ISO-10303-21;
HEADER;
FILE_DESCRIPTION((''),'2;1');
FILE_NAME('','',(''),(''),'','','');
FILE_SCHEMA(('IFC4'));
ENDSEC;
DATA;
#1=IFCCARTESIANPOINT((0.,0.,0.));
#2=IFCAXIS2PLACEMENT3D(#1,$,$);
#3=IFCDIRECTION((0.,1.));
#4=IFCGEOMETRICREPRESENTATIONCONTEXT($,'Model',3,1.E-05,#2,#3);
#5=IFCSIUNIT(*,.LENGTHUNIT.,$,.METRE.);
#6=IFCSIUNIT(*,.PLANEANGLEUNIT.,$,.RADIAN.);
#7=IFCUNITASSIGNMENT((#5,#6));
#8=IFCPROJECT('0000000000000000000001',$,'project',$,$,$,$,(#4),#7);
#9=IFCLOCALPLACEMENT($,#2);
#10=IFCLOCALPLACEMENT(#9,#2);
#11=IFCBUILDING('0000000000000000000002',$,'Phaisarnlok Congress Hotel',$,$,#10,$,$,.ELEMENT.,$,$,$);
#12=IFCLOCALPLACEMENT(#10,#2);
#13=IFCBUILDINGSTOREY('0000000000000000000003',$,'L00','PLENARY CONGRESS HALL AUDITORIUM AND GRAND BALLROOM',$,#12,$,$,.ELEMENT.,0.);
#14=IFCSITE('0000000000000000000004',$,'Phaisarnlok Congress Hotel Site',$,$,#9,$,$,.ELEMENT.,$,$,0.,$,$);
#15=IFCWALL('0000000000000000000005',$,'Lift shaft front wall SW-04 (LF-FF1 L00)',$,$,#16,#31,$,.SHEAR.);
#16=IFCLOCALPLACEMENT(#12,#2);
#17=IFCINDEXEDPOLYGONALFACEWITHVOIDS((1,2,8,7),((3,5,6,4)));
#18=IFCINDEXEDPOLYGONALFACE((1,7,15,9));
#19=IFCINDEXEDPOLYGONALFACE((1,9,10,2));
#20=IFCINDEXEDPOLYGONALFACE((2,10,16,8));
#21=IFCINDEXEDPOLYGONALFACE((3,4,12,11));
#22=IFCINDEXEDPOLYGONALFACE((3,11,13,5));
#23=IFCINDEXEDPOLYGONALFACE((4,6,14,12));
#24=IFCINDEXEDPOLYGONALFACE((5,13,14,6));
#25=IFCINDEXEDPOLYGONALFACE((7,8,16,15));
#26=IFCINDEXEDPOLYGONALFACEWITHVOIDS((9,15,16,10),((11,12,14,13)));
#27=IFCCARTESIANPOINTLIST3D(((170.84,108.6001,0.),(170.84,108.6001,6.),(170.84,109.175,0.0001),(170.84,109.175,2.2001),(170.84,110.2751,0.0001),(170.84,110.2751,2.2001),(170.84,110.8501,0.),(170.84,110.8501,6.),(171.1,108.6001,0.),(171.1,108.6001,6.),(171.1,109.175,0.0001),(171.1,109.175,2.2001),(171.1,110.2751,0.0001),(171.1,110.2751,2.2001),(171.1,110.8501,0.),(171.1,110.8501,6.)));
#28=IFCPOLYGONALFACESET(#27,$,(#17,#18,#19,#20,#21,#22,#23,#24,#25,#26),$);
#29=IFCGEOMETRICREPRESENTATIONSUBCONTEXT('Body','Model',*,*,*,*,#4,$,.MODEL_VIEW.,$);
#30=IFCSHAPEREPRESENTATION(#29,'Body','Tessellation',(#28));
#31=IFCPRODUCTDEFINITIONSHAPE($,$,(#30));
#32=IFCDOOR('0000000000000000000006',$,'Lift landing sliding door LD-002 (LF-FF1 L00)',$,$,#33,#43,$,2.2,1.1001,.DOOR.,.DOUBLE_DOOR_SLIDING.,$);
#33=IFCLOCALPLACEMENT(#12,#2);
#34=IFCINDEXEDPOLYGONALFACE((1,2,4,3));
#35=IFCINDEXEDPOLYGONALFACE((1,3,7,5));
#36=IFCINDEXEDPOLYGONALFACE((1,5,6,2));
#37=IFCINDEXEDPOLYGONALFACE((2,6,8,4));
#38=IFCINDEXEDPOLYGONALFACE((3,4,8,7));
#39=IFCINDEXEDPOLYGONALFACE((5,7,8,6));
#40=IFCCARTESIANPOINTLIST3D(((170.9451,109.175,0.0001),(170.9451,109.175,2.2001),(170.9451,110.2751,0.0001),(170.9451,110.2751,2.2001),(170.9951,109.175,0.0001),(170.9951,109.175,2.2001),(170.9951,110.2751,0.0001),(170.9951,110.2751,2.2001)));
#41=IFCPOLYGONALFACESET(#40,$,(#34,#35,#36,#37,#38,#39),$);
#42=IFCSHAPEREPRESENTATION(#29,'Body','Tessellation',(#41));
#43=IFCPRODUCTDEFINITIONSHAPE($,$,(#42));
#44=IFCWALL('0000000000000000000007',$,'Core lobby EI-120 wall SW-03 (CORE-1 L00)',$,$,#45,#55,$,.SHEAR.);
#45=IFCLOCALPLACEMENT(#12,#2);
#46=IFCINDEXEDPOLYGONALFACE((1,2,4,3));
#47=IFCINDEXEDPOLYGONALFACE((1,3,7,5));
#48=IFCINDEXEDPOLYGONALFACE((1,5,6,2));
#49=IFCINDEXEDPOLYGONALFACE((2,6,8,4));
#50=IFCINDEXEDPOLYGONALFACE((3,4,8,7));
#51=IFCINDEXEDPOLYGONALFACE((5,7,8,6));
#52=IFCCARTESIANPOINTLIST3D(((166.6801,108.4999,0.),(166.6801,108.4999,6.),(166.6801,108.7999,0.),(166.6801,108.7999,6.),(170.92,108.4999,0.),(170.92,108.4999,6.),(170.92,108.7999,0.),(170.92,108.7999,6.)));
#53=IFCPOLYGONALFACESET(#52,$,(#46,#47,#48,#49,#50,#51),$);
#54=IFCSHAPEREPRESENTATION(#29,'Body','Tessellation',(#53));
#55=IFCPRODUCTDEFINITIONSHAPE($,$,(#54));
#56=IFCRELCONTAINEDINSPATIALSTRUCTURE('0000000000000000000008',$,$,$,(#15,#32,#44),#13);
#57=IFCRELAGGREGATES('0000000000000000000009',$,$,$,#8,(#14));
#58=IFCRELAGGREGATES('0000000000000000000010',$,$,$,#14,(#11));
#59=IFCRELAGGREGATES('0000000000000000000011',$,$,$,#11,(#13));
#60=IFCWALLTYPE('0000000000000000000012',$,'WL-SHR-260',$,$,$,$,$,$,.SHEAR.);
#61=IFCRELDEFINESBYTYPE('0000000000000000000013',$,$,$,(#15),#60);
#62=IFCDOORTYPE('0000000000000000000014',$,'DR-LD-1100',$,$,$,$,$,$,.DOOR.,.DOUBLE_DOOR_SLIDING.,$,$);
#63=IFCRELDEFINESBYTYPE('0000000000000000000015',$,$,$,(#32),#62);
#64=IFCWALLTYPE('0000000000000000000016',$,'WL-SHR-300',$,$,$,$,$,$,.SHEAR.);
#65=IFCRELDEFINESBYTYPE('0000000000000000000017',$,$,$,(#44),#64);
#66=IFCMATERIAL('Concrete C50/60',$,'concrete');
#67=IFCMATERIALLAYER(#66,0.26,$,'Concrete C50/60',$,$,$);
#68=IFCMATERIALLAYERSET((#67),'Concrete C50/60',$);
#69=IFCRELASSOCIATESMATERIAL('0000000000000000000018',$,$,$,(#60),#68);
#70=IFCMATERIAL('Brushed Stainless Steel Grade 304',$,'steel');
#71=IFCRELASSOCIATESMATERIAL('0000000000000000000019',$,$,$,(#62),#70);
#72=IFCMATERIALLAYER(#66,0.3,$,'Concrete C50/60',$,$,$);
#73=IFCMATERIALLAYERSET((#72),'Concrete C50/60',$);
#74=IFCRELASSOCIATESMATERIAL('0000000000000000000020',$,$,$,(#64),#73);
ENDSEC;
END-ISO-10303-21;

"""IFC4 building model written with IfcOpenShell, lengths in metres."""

from ifc_helpers import new_model, si_unit, direction, frame, frame_2d, origin, place, context, subcontext, project, spatial, rectangle, extrude, material, layer, layer_set, type_object, element, fill, save


model = new_model("IFC4")

# Units and contexts
model_context = context("Model", 3, precision=1e-05, world=origin(), true_north=direction((0.0, 1.0)))
body_context = subcontext(model_context, "Body", "Model", "MODEL_VIEW")
ifc_project = project(units=[si_unit("LENGTHUNIT", "METRE"), si_unit("PLANEANGLEUNIT", "RADIAN")], contexts=[model_context])

# Site, building, storey
site_placement = place(None, origin())
site = spatial("IfcSite", under=ifc_project, at=site_placement, Name="Phaisarnlok Congress Hotel Site", CompositionType="ELEMENT", RefElevation=0.0)
building_placement = place(site_placement, origin())
building = spatial("IfcBuilding", under=site, at=building_placement, Name="Phaisarnlok Congress Hotel", CompositionType="ELEMENT")
storey_placement = place(building_placement, origin())
storey = spatial("IfcBuildingStorey", under=building, at=storey_placement, Name="L00", Description="PLENARY CONGRESS HALL AUDITORIUM AND GRAND BALLROOM", CompositionType="ELEMENT", Elevation=0.0)

# Shared definitions
ifc_material_1 = material(Name="Concrete C50/60", Category="concrete")

# Shared definitions
ifc_layer_1 = layer(ifc_material_1, 0.26, Name="Concrete C50/60")
ifc_layer_set_1 = layer_set([ifc_layer_1], Name="Concrete C50/60")
wall_type_1 = type_object("IfcWallType", Name="WL-SHR-260", PredefinedType="SHEAR", material=ifc_layer_set_1)

# Wall, opening, door
wall_1_placement = place(storey_placement, frame((170.97, 108.6001, 0.0), z_axis=(0.0, 0.0, 1.0), x_axis=(0.0, 1.0, 0.0)))
wall_1 = element("IfcWall", 1, at=wall_1_placement, inside=storey, type_object=wall_type_1, Name="Lift shaft front wall SW-04 (LF-FF1 L00)", PredefinedType="SHEAR", context=body_context, shape_type="SweptSolid", body=[
    extrude(rectangle(XDim=2.25, YDim=0.26, at=frame_2d((1.125, 0.0))), origin(), (0.0, 0.0, 1.0), 6.0),
])
opening_1_placement = place(wall_1_placement, frame((0.575, 0.0, 0.0)))
opening_1 = element("IfcOpeningElement", 2, at=opening_1_placement, cuts=wall_1, PredefinedType="OPENING", context=body_context, shape_type="SweptSolid", body=[
    extrude(rectangle(XDim=1.1001, YDim=2.2, at=frame_2d((0.55, 1.1001))), frame((0.0, 0.1401, 0.0), z_axis=(0.0, -1.0, 0.0), x_axis=(1.0, 0.0, 0.0)), (0.0, 0.0, 1.0), 0.28),
])
ifc_material_2 = material(Name="Brushed Stainless Steel Grade 304", Category="steel")
door_type_1 = type_object("IfcDoorType", Name="DR-LD-1100", OperationType="DOUBLE_DOOR_SLIDING", PredefinedType="DOOR", material=ifc_material_2)
door_1_placement = place(opening_1_placement, origin())
door_1 = element("IfcDoor", 3, at=door_1_placement, inside=storey, type_object=door_type_1, Name="Lift landing sliding door LD-002 (LF-FF1 L00)", OperationType="DOUBLE_DOOR_SLIDING", OverallHeight=2.2, OverallWidth=1.1001, PredefinedType="DOOR", context=body_context, shape_type="SweptSolid", body=[
    extrude(rectangle(XDim=1.1001, YDim=2.2, at=frame_2d((0.55, 1.1001))), frame((0.0, 0.0249, 0.0), z_axis=(0.0, -1.0, 0.0), x_axis=(1.0, 0.0, 0.0)), (0.0, 0.0, 1.0), 0.05),
])
fill(opening_1, door_1)

# Wall
ifc_layer_2 = layer(ifc_material_1, 0.3, Name="Concrete C50/60")
ifc_layer_set_2 = layer_set([ifc_layer_2], Name="Concrete C50/60")
wall_type_2 = type_object("IfcWallType", Name="WL-SHR-300", PredefinedType="SHEAR", material=ifc_layer_set_2)
wall_2_placement = place(storey_placement, frame((166.6799, 108.6499, 0.0), z_axis=(0.0, 0.0, 1.0), x_axis=(1.0, 0.0, 0.0)))
element("IfcWall", 4, at=wall_2_placement, inside=storey, type_object=wall_type_2, Name="Core lobby EI-120 wall SW-03 (CORE-1 L00)", PredefinedType="SHEAR", context=body_context, shape_type="SweptSolid", body=[
    extrude(rectangle(XDim=4.24, YDim=0.3, at=frame_2d((2.1201, 0.0))), origin(), (0.0, 0.0, 1.0), 6.0),
])

save(model, "model.ifc")
